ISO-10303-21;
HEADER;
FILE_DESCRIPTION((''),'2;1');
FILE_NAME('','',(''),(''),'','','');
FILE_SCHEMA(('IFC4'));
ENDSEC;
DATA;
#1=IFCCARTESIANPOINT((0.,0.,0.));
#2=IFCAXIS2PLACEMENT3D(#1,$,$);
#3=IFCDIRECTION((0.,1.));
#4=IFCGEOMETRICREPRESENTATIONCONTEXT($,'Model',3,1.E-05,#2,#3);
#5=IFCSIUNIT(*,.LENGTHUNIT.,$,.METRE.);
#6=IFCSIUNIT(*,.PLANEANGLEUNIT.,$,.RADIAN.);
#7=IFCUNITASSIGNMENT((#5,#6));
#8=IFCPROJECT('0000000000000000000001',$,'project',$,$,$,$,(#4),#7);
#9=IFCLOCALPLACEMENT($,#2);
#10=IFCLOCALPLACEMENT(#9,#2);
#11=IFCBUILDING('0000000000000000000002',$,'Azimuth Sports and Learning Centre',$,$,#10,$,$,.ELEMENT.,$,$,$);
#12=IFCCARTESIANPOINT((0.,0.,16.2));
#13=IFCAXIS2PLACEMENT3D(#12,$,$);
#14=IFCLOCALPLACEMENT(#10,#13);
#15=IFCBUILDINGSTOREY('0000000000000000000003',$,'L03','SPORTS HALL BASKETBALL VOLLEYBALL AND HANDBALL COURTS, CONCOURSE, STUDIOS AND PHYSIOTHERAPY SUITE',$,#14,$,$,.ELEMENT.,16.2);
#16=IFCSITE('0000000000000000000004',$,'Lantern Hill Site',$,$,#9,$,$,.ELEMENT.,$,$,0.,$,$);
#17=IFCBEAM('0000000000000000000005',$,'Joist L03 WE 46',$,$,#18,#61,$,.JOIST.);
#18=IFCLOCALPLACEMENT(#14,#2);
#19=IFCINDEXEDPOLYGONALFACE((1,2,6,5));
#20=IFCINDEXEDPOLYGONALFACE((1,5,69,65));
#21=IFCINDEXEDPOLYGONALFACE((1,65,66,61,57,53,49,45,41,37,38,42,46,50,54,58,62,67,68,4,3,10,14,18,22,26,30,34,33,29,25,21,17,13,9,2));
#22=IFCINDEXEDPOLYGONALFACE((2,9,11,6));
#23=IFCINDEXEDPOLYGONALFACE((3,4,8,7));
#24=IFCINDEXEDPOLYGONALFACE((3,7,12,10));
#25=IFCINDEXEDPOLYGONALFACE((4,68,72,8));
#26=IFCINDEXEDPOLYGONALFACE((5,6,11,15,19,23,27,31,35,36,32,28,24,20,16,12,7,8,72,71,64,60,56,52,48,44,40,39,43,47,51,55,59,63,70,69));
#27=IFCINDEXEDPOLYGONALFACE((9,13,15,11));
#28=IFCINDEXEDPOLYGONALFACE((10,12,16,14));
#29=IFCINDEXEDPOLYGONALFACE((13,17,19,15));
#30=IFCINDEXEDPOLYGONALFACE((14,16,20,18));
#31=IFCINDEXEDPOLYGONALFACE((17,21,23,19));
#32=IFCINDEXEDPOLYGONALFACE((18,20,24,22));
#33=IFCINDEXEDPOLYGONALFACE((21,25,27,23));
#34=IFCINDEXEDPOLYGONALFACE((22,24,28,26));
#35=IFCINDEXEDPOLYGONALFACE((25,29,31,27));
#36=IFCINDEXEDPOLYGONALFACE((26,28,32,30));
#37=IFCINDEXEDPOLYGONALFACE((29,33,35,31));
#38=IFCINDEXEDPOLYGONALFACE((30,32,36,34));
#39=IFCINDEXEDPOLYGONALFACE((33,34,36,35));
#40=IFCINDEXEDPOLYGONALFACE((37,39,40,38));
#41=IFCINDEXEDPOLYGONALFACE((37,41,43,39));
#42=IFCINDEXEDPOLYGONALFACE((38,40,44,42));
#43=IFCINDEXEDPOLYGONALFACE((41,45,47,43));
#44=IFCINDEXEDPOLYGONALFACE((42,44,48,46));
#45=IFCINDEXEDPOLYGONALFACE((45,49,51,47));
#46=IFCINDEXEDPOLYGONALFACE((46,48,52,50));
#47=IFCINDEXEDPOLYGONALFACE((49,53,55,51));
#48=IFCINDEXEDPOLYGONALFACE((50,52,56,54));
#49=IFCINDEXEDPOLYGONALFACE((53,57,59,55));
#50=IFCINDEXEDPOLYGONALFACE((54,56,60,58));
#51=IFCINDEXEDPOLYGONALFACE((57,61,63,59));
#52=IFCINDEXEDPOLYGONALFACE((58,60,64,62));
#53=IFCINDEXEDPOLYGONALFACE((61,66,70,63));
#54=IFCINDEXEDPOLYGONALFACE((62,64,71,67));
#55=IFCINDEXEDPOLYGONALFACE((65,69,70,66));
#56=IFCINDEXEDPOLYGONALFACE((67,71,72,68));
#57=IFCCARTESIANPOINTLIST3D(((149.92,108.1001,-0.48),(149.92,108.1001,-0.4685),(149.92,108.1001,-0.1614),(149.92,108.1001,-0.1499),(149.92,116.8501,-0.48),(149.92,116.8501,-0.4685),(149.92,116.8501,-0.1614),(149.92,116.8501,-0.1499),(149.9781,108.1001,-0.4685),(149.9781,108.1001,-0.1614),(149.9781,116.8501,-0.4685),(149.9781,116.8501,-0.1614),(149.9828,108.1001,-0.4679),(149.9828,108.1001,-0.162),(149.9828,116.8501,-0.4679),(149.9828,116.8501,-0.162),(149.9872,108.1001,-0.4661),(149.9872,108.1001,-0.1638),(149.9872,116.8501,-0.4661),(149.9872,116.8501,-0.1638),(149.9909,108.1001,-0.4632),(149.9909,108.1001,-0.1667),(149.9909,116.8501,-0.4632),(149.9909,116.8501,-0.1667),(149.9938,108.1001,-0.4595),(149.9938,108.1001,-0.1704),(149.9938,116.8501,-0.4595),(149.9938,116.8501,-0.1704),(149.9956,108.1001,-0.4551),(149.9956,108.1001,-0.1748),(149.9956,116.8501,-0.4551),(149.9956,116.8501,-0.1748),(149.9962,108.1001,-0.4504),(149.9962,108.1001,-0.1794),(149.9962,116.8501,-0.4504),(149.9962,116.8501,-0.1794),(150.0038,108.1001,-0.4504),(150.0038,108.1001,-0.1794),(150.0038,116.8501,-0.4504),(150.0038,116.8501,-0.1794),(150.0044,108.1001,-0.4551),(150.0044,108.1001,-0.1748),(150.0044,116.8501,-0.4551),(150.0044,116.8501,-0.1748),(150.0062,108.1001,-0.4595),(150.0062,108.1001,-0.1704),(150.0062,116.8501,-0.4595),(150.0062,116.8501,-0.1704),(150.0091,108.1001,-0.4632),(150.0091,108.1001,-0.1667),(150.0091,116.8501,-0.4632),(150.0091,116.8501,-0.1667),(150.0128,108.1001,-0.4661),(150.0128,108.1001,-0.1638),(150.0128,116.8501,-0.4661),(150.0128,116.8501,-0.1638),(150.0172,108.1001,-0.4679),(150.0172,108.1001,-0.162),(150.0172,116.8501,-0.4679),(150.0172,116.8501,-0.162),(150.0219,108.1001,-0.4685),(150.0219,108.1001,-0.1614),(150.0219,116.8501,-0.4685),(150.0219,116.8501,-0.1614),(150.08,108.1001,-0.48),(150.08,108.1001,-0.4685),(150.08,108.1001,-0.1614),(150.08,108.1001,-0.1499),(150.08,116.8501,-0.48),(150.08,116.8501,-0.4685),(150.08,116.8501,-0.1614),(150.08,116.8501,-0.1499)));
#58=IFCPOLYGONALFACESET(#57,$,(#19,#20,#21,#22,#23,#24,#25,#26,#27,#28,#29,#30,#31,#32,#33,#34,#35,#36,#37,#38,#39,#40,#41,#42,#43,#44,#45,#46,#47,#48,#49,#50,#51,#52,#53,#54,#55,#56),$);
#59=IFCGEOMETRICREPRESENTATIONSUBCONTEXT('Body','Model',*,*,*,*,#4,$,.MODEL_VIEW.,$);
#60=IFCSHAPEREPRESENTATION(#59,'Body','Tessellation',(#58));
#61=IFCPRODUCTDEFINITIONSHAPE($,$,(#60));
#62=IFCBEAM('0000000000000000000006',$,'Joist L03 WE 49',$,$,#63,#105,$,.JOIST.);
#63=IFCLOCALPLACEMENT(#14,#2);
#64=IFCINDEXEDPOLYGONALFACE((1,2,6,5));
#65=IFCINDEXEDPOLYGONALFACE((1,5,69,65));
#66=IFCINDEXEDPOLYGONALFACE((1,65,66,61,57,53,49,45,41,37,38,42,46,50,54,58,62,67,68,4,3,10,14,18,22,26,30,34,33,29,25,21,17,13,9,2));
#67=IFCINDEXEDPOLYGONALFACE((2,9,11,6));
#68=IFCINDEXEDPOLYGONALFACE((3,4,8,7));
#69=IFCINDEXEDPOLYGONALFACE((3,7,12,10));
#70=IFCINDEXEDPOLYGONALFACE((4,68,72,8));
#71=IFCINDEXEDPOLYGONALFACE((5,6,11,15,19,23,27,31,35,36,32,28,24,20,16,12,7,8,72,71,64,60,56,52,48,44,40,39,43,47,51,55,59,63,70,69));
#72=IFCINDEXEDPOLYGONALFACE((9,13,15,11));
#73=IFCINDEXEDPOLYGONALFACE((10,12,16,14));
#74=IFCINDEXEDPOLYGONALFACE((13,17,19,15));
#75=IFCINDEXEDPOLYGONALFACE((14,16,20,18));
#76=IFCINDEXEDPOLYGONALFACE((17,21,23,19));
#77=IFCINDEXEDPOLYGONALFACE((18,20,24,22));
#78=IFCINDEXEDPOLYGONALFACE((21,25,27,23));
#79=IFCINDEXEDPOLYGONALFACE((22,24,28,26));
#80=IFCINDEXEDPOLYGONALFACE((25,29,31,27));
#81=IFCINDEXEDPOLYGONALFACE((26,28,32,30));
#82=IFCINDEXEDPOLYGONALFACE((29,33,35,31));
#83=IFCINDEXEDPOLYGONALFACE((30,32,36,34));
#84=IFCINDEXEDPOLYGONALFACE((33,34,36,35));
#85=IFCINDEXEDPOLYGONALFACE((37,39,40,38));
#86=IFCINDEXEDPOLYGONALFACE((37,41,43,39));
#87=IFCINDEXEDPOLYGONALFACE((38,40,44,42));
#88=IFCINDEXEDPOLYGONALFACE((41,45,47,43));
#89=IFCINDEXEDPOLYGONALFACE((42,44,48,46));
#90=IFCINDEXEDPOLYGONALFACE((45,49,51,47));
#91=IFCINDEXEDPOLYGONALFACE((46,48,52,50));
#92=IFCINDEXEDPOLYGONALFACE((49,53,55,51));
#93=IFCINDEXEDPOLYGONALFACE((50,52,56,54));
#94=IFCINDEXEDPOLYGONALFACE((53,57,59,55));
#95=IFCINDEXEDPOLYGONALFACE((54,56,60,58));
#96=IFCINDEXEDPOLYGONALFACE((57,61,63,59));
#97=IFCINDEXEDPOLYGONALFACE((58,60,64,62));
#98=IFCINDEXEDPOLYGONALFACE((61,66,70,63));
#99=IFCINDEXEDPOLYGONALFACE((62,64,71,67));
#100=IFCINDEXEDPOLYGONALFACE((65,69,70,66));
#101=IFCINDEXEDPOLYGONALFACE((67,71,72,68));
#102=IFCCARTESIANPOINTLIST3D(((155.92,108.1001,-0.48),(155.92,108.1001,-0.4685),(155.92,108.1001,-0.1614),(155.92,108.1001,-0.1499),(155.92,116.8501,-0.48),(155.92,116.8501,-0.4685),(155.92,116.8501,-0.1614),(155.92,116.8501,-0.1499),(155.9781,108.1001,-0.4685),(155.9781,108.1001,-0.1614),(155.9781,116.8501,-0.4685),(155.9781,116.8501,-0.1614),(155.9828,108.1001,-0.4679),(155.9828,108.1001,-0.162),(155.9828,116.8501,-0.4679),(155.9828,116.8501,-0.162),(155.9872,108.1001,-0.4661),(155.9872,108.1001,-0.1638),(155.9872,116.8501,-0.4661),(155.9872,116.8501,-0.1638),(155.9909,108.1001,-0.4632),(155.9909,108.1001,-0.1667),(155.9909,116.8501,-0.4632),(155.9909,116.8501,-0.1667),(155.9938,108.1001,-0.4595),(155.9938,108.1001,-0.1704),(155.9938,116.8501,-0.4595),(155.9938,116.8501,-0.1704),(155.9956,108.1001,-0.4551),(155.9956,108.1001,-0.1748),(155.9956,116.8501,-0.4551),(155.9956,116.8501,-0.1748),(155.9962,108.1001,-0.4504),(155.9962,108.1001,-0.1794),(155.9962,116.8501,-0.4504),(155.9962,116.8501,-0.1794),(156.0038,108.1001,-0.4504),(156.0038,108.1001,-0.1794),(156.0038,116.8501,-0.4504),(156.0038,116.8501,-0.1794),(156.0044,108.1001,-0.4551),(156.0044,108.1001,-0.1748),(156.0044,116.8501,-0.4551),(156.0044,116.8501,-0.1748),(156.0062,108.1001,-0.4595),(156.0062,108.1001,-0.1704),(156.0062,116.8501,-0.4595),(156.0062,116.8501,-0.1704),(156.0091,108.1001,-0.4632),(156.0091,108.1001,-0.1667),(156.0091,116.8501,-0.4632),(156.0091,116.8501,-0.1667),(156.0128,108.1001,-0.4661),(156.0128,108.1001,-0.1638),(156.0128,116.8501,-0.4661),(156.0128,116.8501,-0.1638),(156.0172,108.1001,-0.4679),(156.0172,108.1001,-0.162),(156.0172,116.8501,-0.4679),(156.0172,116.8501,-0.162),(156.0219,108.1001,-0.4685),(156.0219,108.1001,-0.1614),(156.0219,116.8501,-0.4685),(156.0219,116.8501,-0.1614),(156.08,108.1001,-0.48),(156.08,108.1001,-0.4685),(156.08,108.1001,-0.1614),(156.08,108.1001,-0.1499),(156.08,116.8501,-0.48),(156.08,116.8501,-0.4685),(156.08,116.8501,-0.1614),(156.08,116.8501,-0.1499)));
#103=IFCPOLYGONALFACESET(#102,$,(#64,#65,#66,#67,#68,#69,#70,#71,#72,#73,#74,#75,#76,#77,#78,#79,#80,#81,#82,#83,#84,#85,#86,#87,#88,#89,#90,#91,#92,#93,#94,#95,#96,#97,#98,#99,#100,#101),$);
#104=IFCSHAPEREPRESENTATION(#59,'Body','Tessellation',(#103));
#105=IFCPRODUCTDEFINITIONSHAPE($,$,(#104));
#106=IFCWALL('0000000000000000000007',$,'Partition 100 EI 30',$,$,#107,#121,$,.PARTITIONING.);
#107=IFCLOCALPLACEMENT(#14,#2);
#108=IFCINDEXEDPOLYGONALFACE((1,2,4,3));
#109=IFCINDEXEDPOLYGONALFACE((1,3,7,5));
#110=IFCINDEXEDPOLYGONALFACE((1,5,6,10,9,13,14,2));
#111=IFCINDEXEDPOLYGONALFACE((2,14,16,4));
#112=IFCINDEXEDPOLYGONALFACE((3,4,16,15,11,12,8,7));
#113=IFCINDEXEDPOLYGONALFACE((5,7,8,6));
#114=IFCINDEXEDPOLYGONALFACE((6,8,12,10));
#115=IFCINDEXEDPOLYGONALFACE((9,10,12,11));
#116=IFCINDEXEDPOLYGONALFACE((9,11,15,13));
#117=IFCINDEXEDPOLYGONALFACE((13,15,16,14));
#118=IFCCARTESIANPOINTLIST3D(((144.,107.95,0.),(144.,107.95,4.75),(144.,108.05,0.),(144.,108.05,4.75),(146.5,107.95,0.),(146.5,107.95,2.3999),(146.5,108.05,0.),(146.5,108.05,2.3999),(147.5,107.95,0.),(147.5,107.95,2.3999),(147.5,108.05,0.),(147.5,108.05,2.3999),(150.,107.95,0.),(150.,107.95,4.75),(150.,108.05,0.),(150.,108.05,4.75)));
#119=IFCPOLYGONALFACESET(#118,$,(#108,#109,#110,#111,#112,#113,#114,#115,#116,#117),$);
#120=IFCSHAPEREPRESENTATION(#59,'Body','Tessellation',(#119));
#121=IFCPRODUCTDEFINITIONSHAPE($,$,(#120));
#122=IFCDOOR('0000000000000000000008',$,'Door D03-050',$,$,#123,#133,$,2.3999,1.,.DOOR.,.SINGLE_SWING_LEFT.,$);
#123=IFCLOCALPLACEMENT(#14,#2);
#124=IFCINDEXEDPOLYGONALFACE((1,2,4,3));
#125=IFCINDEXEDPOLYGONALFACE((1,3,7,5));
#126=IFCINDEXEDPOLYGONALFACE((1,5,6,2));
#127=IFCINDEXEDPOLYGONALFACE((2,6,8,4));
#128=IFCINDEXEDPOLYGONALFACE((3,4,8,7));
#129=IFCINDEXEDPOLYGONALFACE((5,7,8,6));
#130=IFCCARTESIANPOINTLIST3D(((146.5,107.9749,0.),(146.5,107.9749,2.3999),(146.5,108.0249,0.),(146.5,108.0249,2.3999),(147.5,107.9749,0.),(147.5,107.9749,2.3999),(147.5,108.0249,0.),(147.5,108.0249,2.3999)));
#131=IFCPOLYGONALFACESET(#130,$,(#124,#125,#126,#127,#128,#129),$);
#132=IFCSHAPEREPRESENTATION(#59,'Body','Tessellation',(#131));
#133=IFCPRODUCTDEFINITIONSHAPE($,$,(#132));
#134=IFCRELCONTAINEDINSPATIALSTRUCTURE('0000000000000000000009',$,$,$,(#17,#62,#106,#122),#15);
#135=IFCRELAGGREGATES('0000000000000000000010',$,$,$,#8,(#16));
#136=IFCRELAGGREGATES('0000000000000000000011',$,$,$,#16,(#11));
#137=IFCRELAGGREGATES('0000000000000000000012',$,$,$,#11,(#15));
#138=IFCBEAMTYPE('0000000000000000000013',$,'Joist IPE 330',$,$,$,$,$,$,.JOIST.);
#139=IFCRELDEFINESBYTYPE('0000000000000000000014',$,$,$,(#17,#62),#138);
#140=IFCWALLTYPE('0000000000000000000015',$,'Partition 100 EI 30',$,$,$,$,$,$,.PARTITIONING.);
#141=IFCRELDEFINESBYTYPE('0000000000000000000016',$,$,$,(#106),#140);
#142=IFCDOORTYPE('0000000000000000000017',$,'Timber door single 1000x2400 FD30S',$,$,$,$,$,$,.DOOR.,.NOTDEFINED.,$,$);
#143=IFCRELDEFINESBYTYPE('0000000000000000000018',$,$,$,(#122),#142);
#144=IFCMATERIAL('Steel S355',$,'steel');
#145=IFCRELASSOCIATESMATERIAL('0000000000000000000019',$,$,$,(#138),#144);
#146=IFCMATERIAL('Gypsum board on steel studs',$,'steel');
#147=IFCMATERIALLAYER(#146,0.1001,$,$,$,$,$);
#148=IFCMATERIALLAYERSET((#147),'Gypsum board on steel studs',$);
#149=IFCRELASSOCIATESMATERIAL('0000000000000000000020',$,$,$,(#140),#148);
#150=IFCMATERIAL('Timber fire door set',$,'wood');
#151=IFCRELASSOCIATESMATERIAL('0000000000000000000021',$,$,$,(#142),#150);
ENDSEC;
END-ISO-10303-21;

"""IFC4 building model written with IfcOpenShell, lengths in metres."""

from ifc_helpers import new_model, si_unit, direction, frame, frame_2d, origin, origin_2d, place, context, subcontext, project, spatial, rectangle, i_section, extrude, material, layer, layer_set, material_profile, profile_set, type_object, element, fill, save


model = new_model("IFC4")

# Units and contexts
model_context = context("Model", 3, precision=1e-05, world=origin(), true_north=direction((0.0, 1.0)))
body_context = subcontext(model_context, "Body", "Model", "MODEL_VIEW")
ifc_project = project(units=[si_unit("LENGTHUNIT", "METRE"), si_unit("PLANEANGLEUNIT", "RADIAN")], contexts=[model_context])

# Site, building, storey
site_placement = place(None, origin())
site = spatial("IfcSite", under=ifc_project, at=site_placement, Name="Lantern Hill Site", CompositionType="ELEMENT", RefElevation=0.0)
building_placement = place(site_placement, origin())
building = spatial("IfcBuilding", under=site, at=building_placement, Name="Azimuth Sports and Learning Centre", CompositionType="ELEMENT")
storey_placement = place(building_placement, frame((0.0, 0.0, 16.2)))
storey = spatial("IfcBuildingStorey", under=building, at=storey_placement, Name="L03", Description="SPORTS HALL BASKETBALL VOLLEYBALL AND HANDBALL COURTS, CONCOURSE, STUDIOS AND PHYSIOTHERAPY SUITE", CompositionType="ELEMENT", Elevation=16.2)

# Beams
ifc_material_1 = material(Name="Steel S355", Category="steel")
ifc_material_profile_1 = material_profile(ifc_material_1, i_section(OverallWidth=0.1599, OverallDepth=0.3301, WebThickness=0.0076, FlangeThickness=0.0115, FilletRadius=0.0181, at=origin_2d()), Name="IPE 330")
ifc_profile_set_1 = profile_set([ifc_material_profile_1], Name="Steel S355")
beam_type_1 = type_object("IfcBeamType", Name="Joist IPE 330", PredefinedType="JOIST", material=ifc_profile_set_1)
for number, where, z_axis, x_axis, name in (
    (1, (150.0, 108.1001, -0.3149), (0.0, 1.0, 0.0), (-1.0, 0.0, 0.0), "Joist L03 WE 46"),
    (2, (156.0, 108.1001, -0.3149), (0.0, 1.0, 0.0), (-1.0, 0.0, 0.0), "Joist L03 WE 49"),
):
    element("IfcBeam", number, at=place(storey_placement, frame(where, z_axis=z_axis, x_axis=x_axis)), inside=storey, type_object=beam_type_1, Name=name, PredefinedType="JOIST", context=body_context, shape_type="SweptSolid", body=[
        extrude(i_section(OverallWidth=0.1599, OverallDepth=0.3301, WebThickness=0.0076, FlangeThickness=0.0115, FilletRadius=0.0181, at=origin_2d()), origin(), (0.0, 0.0, 1.0), 8.75),
    ])

# Wall, opening, door
ifc_material_2 = material(Name="Gypsum board on steel studs", Category="steel")
ifc_layer_1 = layer(ifc_material_2, 0.1001)
ifc_layer_set_1 = layer_set([ifc_layer_1], Name="Gypsum board on steel studs")
wall_type_1 = type_object("IfcWallType", Name="Partition 100 EI 30", PredefinedType="PARTITIONING", material=ifc_layer_set_1)
wall_1_placement = place(storey_placement, frame((144.0, 108.0, 0.0), z_axis=(0.0, 0.0, 1.0), x_axis=(1.0, 0.0, 0.0)))
wall_1 = element("IfcWall", 3, at=wall_1_placement, inside=storey, type_object=wall_type_1, Name="Partition 100 EI 30", PredefinedType="PARTITIONING", context=body_context, shape_type="SweptSolid", body=[
    extrude(rectangle(XDim=6.0, YDim=0.1001, at=frame_2d((3.0, 0.0))), origin(), (0.0, 0.0, 1.0), 4.75),
])
opening_1_placement = place(wall_1_placement, frame((2.5, 0.0, 0.0)))
opening_1 = element("IfcOpeningElement", 4, at=opening_1_placement, cuts=wall_1, PredefinedType="OPENING", context=body_context, shape_type="SweptSolid", body=[
    extrude(rectangle(XDim=1.0, YDim=2.3999, at=frame_2d((0.5, 1.2))), frame((0.0, 0.061, 0.0), z_axis=(0.0, -1.0, 0.0), x_axis=(1.0, 0.0, 0.0)), (0.0, 0.0, 1.0), 0.1221),
])
ifc_material_3 = material(Name="Timber fire door set", Category="wood")
door_type_1 = type_object("IfcDoorType", Name="Timber door single 1000x2400 FD30S", OperationType="NOTDEFINED", PredefinedType="DOOR", material=ifc_material_3)
door_1_placement = place(opening_1_placement, origin())
door_1 = element("IfcDoor", 5, at=door_1_placement, inside=storey, type_object=door_type_1, Name="Door D03-050", OperationType="SINGLE_SWING_LEFT", OverallHeight=2.3999, OverallWidth=1.0, PredefinedType="DOOR", context=body_context, shape_type="SweptSolid", body=[
    extrude(rectangle(XDim=1.0, YDim=2.3999, at=frame_2d((0.5, 1.2))), frame((0.0, 0.0249, 0.0), z_axis=(0.0, -1.0, 0.0), x_axis=(1.0, 0.0, 0.0)), (0.0, 0.0, 1.0), 0.05),
])
fill(opening_1, door_1)

save(model, "model.ifc")
